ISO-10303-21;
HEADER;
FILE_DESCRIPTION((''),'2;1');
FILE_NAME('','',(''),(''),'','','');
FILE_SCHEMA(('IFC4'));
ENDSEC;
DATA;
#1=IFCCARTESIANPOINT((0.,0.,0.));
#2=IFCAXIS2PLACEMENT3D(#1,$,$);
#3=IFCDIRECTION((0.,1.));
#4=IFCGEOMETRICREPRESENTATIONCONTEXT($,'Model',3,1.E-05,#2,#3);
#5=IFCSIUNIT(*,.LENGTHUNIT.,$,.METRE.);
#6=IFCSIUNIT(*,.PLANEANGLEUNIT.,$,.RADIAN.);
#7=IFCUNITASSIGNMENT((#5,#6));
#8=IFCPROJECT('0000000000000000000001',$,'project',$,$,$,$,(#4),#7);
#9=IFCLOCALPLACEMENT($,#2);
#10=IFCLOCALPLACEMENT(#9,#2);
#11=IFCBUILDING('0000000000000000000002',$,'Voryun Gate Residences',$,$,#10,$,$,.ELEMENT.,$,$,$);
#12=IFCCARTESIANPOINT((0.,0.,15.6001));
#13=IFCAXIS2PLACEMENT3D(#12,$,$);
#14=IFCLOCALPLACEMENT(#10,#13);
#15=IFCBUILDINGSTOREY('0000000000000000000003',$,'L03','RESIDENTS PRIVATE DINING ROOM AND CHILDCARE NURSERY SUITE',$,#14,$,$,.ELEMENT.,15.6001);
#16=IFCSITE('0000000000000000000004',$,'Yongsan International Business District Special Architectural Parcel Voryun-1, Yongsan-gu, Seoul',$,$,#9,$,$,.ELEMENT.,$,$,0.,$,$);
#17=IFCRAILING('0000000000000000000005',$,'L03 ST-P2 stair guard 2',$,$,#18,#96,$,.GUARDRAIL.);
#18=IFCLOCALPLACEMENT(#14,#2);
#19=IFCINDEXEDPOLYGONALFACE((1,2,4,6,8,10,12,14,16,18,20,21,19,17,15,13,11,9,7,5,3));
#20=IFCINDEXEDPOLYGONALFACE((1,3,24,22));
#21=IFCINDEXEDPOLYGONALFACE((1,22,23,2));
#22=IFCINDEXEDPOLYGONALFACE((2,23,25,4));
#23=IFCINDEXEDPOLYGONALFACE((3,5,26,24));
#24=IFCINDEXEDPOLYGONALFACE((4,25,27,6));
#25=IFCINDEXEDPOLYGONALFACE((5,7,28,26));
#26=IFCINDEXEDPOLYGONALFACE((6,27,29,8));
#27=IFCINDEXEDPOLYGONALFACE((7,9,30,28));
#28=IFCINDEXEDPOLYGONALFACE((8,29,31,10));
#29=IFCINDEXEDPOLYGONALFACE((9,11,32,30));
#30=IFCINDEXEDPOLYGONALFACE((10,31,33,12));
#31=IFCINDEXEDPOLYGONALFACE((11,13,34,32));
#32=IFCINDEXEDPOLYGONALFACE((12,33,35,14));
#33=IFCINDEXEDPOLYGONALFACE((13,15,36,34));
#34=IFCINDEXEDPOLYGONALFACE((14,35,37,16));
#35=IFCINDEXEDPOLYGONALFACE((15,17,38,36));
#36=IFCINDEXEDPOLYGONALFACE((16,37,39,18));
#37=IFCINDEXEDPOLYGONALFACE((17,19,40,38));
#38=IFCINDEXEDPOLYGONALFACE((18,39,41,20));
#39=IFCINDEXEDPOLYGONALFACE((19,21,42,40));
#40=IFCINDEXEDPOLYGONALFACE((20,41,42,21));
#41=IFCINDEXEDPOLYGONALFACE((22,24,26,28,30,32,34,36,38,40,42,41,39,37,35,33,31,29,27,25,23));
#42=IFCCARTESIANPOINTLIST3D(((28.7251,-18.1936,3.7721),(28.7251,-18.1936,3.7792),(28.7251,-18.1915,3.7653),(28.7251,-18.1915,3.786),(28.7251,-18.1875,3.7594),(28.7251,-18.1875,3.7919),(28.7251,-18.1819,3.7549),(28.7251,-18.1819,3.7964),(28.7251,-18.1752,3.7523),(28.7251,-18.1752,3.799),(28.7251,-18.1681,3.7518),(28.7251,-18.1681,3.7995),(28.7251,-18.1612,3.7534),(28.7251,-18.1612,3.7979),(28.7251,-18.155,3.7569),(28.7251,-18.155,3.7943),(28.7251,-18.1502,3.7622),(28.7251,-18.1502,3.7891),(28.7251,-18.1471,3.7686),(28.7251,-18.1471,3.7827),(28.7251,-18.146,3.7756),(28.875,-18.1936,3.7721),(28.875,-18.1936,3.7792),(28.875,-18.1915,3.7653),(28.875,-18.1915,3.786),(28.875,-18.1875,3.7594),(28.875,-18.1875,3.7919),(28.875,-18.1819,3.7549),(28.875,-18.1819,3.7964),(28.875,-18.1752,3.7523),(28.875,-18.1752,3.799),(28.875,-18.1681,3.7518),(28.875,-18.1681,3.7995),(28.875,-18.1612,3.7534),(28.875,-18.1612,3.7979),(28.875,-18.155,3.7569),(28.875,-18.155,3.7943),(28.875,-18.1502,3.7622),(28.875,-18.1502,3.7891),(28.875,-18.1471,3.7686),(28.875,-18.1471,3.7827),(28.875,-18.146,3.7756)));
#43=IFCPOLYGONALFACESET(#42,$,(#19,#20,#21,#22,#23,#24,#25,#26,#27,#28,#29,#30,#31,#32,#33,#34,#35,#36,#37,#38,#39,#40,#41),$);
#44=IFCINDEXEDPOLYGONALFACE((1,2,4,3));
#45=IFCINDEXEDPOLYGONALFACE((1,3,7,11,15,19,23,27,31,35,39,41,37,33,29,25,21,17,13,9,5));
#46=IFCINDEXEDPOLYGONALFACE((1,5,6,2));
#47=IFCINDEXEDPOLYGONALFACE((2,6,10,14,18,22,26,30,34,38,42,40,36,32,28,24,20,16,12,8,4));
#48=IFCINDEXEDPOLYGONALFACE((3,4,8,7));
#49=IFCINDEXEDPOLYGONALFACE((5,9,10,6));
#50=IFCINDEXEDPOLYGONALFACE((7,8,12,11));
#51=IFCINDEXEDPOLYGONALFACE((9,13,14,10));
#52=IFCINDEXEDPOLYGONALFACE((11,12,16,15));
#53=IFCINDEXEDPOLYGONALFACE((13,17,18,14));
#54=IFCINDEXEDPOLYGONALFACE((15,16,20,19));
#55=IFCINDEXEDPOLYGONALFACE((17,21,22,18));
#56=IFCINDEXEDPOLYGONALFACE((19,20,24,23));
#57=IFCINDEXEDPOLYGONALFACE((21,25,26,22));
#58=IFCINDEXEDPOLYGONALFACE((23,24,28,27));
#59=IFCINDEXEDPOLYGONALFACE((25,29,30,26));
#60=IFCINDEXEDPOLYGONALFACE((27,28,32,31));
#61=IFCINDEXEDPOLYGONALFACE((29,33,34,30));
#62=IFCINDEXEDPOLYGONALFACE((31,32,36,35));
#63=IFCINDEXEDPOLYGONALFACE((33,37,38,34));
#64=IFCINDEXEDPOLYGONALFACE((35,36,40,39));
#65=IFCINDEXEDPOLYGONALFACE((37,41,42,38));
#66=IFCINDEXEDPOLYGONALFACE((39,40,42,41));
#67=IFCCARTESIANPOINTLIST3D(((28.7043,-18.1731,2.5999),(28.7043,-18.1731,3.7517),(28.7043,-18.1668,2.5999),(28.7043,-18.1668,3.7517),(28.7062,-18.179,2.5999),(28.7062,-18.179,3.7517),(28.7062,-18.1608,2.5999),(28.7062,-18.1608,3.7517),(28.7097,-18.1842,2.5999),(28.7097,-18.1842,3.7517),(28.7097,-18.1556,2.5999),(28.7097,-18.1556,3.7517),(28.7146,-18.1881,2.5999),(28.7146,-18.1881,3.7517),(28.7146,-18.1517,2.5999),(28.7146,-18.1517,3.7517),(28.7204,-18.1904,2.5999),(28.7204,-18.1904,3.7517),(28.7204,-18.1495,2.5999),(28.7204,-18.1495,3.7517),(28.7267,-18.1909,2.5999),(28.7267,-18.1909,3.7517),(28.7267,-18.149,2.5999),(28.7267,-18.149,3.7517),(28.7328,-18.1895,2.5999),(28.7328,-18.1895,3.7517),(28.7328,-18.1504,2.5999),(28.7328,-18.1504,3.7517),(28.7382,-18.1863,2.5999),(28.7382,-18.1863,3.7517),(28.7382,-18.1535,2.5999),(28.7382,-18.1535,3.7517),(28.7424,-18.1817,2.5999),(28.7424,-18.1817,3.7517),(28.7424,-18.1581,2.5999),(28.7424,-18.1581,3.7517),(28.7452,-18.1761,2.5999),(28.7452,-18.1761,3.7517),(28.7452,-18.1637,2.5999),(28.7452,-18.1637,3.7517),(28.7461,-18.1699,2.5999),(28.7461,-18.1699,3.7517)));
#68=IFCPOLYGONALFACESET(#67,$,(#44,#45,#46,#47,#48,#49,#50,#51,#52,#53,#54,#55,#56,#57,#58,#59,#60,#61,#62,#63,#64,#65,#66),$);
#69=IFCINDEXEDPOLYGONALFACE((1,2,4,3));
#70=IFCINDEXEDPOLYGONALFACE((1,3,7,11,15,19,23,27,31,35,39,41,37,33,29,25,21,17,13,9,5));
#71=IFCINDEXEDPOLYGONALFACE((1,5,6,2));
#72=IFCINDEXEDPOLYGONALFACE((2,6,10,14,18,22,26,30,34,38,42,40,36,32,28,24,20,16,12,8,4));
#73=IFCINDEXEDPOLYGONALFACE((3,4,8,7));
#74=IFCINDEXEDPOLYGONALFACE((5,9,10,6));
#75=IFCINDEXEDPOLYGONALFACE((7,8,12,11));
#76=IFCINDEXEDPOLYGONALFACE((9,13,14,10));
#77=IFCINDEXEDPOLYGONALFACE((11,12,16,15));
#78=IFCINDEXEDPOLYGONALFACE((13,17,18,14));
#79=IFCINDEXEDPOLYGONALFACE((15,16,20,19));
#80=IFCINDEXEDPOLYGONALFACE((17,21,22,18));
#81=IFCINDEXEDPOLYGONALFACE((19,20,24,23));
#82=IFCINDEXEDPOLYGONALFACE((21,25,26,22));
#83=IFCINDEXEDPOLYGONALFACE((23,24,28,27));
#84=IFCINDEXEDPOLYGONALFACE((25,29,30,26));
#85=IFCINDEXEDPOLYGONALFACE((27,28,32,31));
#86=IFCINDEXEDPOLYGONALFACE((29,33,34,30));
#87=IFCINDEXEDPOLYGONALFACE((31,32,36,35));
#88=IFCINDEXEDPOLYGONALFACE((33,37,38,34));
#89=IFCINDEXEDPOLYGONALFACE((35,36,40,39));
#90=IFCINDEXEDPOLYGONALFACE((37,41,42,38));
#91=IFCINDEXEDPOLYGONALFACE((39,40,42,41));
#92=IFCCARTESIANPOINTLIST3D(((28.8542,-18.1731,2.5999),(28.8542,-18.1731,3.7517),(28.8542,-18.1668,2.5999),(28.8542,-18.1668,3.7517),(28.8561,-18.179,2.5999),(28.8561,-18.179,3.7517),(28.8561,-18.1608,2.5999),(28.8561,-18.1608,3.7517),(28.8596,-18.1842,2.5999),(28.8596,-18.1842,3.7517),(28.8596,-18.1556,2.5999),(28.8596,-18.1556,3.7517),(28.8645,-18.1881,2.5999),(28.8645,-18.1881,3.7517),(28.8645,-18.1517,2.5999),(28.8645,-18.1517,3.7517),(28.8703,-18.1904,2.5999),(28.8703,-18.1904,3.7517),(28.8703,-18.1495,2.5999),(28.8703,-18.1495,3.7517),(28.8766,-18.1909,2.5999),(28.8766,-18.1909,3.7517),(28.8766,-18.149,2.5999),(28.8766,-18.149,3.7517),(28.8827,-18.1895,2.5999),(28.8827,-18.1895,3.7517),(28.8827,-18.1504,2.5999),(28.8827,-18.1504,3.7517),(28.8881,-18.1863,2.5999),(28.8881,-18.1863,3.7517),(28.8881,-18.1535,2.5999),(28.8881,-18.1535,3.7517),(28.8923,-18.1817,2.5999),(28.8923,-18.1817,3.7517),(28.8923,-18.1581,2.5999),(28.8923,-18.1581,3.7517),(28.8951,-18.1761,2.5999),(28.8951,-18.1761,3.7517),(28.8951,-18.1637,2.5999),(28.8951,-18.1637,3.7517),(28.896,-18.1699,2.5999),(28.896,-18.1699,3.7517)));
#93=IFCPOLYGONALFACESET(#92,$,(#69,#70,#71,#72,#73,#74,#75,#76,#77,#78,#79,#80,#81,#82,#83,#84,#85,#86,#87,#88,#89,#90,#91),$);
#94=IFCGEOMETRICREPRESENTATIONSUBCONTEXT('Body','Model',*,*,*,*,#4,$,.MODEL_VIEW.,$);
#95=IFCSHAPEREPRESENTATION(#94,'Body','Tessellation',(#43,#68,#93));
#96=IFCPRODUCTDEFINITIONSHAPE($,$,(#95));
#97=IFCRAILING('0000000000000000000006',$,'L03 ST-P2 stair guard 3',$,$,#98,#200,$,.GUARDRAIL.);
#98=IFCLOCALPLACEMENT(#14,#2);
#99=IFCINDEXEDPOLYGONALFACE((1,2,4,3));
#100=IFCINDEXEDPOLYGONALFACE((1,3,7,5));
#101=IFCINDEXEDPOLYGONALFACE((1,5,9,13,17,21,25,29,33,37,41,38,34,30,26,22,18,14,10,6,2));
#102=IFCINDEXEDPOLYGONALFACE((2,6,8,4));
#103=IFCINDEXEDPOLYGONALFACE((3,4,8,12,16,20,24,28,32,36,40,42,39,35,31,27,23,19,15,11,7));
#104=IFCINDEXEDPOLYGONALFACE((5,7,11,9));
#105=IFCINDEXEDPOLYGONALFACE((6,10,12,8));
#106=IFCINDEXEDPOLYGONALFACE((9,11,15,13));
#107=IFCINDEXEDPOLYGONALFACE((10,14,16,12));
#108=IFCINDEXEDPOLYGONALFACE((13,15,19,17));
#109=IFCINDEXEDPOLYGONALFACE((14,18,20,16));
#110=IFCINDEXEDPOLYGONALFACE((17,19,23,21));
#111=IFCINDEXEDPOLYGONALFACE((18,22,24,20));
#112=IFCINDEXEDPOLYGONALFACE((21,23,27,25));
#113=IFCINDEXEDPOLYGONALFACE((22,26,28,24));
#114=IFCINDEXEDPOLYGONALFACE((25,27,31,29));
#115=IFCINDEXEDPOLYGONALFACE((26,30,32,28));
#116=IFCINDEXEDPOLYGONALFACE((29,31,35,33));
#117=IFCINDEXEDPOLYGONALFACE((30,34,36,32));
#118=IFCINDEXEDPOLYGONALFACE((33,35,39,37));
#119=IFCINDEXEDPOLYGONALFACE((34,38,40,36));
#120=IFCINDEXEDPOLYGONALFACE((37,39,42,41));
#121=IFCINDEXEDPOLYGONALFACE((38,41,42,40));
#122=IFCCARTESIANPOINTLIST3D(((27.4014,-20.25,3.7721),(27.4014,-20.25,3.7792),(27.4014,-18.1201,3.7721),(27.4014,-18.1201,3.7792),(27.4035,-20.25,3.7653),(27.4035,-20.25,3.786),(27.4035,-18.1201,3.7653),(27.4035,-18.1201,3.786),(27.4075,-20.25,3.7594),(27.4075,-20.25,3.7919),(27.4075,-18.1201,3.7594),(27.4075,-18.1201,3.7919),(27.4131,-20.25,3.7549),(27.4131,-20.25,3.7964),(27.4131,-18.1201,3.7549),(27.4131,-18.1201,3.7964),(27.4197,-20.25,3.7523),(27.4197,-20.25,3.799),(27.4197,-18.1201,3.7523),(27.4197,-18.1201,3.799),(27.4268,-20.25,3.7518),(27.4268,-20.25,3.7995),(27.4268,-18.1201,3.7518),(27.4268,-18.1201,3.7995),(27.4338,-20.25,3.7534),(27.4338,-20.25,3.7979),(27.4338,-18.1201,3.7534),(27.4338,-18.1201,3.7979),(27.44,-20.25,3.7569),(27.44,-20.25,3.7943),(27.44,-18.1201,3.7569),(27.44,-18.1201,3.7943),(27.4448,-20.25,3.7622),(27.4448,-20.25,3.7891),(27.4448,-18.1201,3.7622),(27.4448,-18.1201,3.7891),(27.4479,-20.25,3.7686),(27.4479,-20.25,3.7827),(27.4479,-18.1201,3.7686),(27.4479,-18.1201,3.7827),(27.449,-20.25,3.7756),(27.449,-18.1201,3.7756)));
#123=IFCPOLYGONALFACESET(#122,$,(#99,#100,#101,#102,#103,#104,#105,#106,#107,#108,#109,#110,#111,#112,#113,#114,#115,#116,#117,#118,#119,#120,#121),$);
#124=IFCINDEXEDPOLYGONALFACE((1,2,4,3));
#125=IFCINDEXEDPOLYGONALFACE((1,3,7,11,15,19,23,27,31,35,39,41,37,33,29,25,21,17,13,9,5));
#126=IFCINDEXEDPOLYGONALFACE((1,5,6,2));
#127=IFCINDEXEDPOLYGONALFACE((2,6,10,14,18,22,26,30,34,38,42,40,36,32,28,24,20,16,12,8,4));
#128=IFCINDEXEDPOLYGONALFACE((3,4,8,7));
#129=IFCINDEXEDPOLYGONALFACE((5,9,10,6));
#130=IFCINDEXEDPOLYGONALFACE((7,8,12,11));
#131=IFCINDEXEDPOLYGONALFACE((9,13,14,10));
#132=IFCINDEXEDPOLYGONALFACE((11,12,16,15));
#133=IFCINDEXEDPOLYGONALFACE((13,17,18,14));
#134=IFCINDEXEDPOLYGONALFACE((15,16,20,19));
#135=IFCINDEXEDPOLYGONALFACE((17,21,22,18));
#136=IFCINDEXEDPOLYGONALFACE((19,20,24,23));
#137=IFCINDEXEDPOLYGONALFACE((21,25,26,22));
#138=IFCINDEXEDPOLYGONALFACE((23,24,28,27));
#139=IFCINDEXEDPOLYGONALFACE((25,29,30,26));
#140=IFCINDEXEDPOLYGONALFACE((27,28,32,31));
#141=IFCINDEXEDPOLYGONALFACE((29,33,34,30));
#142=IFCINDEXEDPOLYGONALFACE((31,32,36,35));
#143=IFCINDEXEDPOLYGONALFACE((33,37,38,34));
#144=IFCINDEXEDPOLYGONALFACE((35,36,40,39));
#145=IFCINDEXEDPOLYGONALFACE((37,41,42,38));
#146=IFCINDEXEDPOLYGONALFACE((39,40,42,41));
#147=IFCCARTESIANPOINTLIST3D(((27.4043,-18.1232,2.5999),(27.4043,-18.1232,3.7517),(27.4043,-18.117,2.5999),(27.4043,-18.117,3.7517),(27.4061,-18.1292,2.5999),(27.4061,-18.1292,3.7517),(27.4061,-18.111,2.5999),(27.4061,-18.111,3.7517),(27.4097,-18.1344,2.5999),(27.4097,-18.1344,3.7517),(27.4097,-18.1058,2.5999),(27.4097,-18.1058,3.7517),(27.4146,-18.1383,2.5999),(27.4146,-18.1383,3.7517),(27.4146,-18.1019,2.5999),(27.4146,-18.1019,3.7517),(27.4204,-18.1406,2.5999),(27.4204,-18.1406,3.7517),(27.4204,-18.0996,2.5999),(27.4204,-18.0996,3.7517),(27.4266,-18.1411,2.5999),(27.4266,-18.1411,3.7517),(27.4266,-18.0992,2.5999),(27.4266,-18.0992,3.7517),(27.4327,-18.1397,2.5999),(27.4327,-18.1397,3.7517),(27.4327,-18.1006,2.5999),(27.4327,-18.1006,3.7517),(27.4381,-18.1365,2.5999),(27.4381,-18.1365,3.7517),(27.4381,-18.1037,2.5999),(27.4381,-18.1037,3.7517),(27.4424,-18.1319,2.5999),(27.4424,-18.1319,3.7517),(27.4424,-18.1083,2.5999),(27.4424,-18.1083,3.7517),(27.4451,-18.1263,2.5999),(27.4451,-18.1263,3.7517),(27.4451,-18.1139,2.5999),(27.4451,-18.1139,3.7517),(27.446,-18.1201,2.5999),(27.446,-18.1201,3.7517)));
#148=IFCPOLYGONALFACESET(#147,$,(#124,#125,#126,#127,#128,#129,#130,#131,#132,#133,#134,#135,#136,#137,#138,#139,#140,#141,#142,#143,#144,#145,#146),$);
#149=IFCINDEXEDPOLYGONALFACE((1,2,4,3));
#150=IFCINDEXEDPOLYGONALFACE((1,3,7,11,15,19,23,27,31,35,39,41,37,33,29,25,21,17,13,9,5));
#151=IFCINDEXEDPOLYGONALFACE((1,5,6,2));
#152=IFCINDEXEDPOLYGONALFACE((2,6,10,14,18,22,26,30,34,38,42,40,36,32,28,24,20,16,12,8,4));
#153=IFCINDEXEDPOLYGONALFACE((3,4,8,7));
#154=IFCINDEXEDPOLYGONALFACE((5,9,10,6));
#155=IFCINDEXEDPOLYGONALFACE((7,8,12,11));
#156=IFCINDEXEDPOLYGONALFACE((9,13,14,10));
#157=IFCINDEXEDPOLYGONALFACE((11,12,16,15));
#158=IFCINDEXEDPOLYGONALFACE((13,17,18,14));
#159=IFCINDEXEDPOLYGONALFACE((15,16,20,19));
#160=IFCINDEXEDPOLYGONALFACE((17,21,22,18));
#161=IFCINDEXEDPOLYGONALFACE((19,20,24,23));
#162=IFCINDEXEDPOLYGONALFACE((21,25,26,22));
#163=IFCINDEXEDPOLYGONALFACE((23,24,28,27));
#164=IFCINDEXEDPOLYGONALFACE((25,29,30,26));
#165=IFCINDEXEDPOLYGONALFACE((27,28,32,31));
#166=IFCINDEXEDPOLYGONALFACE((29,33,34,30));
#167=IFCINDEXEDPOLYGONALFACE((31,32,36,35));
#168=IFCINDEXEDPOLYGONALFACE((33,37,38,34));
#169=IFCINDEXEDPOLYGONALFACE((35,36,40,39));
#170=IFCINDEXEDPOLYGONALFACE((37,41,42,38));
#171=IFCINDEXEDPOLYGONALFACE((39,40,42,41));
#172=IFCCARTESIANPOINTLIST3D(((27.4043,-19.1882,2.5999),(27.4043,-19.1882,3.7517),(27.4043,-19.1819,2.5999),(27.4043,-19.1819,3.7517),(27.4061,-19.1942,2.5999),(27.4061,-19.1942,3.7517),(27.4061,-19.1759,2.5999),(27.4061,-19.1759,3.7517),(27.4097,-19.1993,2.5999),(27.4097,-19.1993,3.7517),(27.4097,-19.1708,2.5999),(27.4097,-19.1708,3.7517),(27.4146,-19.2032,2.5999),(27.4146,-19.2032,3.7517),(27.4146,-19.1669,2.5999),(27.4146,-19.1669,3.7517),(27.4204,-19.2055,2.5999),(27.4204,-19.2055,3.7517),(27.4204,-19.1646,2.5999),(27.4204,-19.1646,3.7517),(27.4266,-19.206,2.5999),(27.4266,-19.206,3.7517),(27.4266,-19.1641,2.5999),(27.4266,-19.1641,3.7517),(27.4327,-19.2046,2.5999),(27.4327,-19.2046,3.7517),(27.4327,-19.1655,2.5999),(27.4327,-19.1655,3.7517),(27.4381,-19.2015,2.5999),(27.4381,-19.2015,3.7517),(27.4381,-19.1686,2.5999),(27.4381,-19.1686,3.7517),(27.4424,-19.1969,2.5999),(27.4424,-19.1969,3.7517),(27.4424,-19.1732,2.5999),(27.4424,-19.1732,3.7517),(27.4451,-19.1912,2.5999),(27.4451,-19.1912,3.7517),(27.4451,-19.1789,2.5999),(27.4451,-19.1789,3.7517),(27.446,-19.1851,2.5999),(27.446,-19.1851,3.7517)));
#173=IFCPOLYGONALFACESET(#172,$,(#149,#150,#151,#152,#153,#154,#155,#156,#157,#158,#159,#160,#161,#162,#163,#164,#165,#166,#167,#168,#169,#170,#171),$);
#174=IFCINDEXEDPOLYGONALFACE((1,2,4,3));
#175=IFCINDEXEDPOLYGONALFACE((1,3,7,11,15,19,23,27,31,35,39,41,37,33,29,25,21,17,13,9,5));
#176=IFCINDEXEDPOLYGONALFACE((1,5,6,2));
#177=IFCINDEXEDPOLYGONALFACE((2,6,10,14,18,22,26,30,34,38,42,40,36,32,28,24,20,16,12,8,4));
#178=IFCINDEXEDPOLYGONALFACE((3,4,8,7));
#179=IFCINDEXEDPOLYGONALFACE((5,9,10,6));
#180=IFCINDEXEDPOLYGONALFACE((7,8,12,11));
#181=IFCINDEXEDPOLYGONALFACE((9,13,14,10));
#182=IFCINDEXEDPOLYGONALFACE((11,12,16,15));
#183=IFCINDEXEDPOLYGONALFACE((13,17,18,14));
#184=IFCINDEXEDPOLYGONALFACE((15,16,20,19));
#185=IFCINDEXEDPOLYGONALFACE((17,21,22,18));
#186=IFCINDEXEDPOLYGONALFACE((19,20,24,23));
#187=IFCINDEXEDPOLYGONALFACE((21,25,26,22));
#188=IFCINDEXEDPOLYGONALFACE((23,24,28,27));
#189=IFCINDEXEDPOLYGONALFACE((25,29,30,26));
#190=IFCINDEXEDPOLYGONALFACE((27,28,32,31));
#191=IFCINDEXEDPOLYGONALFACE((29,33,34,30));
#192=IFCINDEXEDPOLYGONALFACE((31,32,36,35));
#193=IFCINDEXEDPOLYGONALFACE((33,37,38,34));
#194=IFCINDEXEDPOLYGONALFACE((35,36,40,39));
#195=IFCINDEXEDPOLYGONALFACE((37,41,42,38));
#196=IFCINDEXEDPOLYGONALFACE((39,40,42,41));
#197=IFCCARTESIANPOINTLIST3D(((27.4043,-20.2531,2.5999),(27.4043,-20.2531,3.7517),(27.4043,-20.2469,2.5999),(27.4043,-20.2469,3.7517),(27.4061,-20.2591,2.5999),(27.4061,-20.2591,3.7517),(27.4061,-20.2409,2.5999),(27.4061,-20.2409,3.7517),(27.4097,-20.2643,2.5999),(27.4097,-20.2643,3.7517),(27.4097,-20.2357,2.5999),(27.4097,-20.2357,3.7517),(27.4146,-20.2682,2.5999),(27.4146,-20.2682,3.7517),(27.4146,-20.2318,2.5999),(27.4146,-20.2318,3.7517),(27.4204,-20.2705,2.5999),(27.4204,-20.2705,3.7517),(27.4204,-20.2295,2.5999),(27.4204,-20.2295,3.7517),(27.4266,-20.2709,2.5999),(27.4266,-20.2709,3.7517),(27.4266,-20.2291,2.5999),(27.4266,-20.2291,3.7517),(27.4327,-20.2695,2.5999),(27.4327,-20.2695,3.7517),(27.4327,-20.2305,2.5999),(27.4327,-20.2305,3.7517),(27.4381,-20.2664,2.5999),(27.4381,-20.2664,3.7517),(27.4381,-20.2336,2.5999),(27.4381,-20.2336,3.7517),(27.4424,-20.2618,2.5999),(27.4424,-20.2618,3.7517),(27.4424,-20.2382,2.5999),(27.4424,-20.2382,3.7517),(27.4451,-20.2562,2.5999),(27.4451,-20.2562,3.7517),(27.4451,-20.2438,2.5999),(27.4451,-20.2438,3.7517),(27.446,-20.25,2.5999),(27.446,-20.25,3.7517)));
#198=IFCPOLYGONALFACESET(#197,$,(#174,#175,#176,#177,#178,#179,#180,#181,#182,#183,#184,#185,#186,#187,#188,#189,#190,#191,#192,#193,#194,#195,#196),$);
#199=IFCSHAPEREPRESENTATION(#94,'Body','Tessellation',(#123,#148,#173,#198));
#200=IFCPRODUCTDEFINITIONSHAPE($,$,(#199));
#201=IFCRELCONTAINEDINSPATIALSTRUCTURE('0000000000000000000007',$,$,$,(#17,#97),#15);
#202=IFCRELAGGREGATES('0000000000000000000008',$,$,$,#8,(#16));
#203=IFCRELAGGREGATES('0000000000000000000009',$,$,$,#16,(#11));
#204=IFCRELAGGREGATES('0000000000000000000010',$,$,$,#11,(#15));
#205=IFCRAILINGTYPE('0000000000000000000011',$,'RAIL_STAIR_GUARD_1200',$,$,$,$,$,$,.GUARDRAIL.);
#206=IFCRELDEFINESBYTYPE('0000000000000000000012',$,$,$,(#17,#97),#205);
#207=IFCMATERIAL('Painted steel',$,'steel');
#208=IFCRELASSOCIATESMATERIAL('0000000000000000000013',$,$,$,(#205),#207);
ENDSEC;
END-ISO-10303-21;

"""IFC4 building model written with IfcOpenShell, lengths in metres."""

from ifc_helpers import new_model, si_unit, direction, frame, origin, origin_2d, place, context, subcontext, project, spatial, circle, extrude, material, type_object, element, save


model = new_model("IFC4")

# Units and contexts
model_context = context("Model", 3, precision=1e-05, world=origin(), true_north=direction((0.0, 1.0)))
body_context = subcontext(model_context, "Body", "Model", "MODEL_VIEW")
ifc_project = project(units=[si_unit("LENGTHUNIT", "METRE"), si_unit("PLANEANGLEUNIT", "RADIAN")], contexts=[model_context])

# Site, building, storey
site_placement = place(None, origin())
site = spatial("IfcSite", under=ifc_project, at=site_placement, Name="Yongsan International Business District Special Architectural Parcel Voryun-1, Yongsan-gu, Seoul", CompositionType="ELEMENT", RefElevation=0.0)
building_placement = place(site_placement, origin())
building = spatial("IfcBuilding", under=site, at=building_placement, Name="Voryun Gate Residences", CompositionType="ELEMENT")
storey_placement = place(building_placement, frame((0.0, 0.0, 15.6001)))
storey = spatial("IfcBuildingStorey", under=building, at=storey_placement, Name="L03", Description="RESIDENTS PRIVATE DINING ROOM AND CHILDCARE NURSERY SUITE", CompositionType="ELEMENT", Elevation=15.6001)

# Railings
ifc_material_1 = material(Name="Painted steel", Category="steel")
railing_type_1 = type_object("IfcRailingType", Name="RAIL_STAIR_GUARD_1200", PredefinedType="GUARDRAIL", material=ifc_material_1)
railing_1_placement = place(storey_placement, frame((28.7251, -18.1699, 2.5999)))
element("IfcRailing", 1, at=railing_1_placement, inside=storey, type_object=railing_type_1, Name="L03 ST-P2 stair guard 2", PredefinedType="GUARDRAIL", context=body_context, shape_type="SweptSolid", body=[
    extrude(circle(Radius=0.0239, at=origin_2d()), frame((0.0, 0.0, 1.1758), z_axis=(1.0, 0.0, 0.0), x_axis=(0.0, 1.0, 0.0)), (0.0, 0.0, 1.0), 0.1499),
    extrude(circle(Radius=0.021, at=origin_2d()), origin(), (0.0, 0.0, 1.0), 1.1519),
    extrude(circle(Radius=0.021, at=origin_2d()), frame((0.1499, 0.0, 0.0)), (0.0, 0.0, 1.0), 1.1519),
])
for number, where, name in (
    (2, (27.425, -18.1201, 2.5999), "L03 ST-P2 stair guard 3"),
):
    element("IfcRailing", number, at=place(storey_placement, frame(where)), inside=storey, type_object=railing_type_1, Name=name, PredefinedType="GUARDRAIL", context=body_context, shape_type="SweptSolid", body=[
        extrude(circle(Radius=0.0239, at=origin_2d()), frame((0.0, 0.0, 1.1758), z_axis=(0.0, -1.0, 0.0), x_axis=(1.0, 0.0, 0.0)), (0.0, 0.0, 1.0), 2.1299),
        extrude(circle(Radius=0.021, at=origin_2d()), origin(), (0.0, 0.0, 1.0), 1.1519),
        extrude(circle(Radius=0.021, at=origin_2d()), frame((0.0, -1.0649, 0.0)), (0.0, 0.0, 1.0), 1.1519),
        extrude(circle(Radius=0.021, at=origin_2d()), frame((0.0, -2.1299, 0.0)), (0.0, 0.0, 1.0), 1.1519),
    ])

save(model, "model.ifc")
